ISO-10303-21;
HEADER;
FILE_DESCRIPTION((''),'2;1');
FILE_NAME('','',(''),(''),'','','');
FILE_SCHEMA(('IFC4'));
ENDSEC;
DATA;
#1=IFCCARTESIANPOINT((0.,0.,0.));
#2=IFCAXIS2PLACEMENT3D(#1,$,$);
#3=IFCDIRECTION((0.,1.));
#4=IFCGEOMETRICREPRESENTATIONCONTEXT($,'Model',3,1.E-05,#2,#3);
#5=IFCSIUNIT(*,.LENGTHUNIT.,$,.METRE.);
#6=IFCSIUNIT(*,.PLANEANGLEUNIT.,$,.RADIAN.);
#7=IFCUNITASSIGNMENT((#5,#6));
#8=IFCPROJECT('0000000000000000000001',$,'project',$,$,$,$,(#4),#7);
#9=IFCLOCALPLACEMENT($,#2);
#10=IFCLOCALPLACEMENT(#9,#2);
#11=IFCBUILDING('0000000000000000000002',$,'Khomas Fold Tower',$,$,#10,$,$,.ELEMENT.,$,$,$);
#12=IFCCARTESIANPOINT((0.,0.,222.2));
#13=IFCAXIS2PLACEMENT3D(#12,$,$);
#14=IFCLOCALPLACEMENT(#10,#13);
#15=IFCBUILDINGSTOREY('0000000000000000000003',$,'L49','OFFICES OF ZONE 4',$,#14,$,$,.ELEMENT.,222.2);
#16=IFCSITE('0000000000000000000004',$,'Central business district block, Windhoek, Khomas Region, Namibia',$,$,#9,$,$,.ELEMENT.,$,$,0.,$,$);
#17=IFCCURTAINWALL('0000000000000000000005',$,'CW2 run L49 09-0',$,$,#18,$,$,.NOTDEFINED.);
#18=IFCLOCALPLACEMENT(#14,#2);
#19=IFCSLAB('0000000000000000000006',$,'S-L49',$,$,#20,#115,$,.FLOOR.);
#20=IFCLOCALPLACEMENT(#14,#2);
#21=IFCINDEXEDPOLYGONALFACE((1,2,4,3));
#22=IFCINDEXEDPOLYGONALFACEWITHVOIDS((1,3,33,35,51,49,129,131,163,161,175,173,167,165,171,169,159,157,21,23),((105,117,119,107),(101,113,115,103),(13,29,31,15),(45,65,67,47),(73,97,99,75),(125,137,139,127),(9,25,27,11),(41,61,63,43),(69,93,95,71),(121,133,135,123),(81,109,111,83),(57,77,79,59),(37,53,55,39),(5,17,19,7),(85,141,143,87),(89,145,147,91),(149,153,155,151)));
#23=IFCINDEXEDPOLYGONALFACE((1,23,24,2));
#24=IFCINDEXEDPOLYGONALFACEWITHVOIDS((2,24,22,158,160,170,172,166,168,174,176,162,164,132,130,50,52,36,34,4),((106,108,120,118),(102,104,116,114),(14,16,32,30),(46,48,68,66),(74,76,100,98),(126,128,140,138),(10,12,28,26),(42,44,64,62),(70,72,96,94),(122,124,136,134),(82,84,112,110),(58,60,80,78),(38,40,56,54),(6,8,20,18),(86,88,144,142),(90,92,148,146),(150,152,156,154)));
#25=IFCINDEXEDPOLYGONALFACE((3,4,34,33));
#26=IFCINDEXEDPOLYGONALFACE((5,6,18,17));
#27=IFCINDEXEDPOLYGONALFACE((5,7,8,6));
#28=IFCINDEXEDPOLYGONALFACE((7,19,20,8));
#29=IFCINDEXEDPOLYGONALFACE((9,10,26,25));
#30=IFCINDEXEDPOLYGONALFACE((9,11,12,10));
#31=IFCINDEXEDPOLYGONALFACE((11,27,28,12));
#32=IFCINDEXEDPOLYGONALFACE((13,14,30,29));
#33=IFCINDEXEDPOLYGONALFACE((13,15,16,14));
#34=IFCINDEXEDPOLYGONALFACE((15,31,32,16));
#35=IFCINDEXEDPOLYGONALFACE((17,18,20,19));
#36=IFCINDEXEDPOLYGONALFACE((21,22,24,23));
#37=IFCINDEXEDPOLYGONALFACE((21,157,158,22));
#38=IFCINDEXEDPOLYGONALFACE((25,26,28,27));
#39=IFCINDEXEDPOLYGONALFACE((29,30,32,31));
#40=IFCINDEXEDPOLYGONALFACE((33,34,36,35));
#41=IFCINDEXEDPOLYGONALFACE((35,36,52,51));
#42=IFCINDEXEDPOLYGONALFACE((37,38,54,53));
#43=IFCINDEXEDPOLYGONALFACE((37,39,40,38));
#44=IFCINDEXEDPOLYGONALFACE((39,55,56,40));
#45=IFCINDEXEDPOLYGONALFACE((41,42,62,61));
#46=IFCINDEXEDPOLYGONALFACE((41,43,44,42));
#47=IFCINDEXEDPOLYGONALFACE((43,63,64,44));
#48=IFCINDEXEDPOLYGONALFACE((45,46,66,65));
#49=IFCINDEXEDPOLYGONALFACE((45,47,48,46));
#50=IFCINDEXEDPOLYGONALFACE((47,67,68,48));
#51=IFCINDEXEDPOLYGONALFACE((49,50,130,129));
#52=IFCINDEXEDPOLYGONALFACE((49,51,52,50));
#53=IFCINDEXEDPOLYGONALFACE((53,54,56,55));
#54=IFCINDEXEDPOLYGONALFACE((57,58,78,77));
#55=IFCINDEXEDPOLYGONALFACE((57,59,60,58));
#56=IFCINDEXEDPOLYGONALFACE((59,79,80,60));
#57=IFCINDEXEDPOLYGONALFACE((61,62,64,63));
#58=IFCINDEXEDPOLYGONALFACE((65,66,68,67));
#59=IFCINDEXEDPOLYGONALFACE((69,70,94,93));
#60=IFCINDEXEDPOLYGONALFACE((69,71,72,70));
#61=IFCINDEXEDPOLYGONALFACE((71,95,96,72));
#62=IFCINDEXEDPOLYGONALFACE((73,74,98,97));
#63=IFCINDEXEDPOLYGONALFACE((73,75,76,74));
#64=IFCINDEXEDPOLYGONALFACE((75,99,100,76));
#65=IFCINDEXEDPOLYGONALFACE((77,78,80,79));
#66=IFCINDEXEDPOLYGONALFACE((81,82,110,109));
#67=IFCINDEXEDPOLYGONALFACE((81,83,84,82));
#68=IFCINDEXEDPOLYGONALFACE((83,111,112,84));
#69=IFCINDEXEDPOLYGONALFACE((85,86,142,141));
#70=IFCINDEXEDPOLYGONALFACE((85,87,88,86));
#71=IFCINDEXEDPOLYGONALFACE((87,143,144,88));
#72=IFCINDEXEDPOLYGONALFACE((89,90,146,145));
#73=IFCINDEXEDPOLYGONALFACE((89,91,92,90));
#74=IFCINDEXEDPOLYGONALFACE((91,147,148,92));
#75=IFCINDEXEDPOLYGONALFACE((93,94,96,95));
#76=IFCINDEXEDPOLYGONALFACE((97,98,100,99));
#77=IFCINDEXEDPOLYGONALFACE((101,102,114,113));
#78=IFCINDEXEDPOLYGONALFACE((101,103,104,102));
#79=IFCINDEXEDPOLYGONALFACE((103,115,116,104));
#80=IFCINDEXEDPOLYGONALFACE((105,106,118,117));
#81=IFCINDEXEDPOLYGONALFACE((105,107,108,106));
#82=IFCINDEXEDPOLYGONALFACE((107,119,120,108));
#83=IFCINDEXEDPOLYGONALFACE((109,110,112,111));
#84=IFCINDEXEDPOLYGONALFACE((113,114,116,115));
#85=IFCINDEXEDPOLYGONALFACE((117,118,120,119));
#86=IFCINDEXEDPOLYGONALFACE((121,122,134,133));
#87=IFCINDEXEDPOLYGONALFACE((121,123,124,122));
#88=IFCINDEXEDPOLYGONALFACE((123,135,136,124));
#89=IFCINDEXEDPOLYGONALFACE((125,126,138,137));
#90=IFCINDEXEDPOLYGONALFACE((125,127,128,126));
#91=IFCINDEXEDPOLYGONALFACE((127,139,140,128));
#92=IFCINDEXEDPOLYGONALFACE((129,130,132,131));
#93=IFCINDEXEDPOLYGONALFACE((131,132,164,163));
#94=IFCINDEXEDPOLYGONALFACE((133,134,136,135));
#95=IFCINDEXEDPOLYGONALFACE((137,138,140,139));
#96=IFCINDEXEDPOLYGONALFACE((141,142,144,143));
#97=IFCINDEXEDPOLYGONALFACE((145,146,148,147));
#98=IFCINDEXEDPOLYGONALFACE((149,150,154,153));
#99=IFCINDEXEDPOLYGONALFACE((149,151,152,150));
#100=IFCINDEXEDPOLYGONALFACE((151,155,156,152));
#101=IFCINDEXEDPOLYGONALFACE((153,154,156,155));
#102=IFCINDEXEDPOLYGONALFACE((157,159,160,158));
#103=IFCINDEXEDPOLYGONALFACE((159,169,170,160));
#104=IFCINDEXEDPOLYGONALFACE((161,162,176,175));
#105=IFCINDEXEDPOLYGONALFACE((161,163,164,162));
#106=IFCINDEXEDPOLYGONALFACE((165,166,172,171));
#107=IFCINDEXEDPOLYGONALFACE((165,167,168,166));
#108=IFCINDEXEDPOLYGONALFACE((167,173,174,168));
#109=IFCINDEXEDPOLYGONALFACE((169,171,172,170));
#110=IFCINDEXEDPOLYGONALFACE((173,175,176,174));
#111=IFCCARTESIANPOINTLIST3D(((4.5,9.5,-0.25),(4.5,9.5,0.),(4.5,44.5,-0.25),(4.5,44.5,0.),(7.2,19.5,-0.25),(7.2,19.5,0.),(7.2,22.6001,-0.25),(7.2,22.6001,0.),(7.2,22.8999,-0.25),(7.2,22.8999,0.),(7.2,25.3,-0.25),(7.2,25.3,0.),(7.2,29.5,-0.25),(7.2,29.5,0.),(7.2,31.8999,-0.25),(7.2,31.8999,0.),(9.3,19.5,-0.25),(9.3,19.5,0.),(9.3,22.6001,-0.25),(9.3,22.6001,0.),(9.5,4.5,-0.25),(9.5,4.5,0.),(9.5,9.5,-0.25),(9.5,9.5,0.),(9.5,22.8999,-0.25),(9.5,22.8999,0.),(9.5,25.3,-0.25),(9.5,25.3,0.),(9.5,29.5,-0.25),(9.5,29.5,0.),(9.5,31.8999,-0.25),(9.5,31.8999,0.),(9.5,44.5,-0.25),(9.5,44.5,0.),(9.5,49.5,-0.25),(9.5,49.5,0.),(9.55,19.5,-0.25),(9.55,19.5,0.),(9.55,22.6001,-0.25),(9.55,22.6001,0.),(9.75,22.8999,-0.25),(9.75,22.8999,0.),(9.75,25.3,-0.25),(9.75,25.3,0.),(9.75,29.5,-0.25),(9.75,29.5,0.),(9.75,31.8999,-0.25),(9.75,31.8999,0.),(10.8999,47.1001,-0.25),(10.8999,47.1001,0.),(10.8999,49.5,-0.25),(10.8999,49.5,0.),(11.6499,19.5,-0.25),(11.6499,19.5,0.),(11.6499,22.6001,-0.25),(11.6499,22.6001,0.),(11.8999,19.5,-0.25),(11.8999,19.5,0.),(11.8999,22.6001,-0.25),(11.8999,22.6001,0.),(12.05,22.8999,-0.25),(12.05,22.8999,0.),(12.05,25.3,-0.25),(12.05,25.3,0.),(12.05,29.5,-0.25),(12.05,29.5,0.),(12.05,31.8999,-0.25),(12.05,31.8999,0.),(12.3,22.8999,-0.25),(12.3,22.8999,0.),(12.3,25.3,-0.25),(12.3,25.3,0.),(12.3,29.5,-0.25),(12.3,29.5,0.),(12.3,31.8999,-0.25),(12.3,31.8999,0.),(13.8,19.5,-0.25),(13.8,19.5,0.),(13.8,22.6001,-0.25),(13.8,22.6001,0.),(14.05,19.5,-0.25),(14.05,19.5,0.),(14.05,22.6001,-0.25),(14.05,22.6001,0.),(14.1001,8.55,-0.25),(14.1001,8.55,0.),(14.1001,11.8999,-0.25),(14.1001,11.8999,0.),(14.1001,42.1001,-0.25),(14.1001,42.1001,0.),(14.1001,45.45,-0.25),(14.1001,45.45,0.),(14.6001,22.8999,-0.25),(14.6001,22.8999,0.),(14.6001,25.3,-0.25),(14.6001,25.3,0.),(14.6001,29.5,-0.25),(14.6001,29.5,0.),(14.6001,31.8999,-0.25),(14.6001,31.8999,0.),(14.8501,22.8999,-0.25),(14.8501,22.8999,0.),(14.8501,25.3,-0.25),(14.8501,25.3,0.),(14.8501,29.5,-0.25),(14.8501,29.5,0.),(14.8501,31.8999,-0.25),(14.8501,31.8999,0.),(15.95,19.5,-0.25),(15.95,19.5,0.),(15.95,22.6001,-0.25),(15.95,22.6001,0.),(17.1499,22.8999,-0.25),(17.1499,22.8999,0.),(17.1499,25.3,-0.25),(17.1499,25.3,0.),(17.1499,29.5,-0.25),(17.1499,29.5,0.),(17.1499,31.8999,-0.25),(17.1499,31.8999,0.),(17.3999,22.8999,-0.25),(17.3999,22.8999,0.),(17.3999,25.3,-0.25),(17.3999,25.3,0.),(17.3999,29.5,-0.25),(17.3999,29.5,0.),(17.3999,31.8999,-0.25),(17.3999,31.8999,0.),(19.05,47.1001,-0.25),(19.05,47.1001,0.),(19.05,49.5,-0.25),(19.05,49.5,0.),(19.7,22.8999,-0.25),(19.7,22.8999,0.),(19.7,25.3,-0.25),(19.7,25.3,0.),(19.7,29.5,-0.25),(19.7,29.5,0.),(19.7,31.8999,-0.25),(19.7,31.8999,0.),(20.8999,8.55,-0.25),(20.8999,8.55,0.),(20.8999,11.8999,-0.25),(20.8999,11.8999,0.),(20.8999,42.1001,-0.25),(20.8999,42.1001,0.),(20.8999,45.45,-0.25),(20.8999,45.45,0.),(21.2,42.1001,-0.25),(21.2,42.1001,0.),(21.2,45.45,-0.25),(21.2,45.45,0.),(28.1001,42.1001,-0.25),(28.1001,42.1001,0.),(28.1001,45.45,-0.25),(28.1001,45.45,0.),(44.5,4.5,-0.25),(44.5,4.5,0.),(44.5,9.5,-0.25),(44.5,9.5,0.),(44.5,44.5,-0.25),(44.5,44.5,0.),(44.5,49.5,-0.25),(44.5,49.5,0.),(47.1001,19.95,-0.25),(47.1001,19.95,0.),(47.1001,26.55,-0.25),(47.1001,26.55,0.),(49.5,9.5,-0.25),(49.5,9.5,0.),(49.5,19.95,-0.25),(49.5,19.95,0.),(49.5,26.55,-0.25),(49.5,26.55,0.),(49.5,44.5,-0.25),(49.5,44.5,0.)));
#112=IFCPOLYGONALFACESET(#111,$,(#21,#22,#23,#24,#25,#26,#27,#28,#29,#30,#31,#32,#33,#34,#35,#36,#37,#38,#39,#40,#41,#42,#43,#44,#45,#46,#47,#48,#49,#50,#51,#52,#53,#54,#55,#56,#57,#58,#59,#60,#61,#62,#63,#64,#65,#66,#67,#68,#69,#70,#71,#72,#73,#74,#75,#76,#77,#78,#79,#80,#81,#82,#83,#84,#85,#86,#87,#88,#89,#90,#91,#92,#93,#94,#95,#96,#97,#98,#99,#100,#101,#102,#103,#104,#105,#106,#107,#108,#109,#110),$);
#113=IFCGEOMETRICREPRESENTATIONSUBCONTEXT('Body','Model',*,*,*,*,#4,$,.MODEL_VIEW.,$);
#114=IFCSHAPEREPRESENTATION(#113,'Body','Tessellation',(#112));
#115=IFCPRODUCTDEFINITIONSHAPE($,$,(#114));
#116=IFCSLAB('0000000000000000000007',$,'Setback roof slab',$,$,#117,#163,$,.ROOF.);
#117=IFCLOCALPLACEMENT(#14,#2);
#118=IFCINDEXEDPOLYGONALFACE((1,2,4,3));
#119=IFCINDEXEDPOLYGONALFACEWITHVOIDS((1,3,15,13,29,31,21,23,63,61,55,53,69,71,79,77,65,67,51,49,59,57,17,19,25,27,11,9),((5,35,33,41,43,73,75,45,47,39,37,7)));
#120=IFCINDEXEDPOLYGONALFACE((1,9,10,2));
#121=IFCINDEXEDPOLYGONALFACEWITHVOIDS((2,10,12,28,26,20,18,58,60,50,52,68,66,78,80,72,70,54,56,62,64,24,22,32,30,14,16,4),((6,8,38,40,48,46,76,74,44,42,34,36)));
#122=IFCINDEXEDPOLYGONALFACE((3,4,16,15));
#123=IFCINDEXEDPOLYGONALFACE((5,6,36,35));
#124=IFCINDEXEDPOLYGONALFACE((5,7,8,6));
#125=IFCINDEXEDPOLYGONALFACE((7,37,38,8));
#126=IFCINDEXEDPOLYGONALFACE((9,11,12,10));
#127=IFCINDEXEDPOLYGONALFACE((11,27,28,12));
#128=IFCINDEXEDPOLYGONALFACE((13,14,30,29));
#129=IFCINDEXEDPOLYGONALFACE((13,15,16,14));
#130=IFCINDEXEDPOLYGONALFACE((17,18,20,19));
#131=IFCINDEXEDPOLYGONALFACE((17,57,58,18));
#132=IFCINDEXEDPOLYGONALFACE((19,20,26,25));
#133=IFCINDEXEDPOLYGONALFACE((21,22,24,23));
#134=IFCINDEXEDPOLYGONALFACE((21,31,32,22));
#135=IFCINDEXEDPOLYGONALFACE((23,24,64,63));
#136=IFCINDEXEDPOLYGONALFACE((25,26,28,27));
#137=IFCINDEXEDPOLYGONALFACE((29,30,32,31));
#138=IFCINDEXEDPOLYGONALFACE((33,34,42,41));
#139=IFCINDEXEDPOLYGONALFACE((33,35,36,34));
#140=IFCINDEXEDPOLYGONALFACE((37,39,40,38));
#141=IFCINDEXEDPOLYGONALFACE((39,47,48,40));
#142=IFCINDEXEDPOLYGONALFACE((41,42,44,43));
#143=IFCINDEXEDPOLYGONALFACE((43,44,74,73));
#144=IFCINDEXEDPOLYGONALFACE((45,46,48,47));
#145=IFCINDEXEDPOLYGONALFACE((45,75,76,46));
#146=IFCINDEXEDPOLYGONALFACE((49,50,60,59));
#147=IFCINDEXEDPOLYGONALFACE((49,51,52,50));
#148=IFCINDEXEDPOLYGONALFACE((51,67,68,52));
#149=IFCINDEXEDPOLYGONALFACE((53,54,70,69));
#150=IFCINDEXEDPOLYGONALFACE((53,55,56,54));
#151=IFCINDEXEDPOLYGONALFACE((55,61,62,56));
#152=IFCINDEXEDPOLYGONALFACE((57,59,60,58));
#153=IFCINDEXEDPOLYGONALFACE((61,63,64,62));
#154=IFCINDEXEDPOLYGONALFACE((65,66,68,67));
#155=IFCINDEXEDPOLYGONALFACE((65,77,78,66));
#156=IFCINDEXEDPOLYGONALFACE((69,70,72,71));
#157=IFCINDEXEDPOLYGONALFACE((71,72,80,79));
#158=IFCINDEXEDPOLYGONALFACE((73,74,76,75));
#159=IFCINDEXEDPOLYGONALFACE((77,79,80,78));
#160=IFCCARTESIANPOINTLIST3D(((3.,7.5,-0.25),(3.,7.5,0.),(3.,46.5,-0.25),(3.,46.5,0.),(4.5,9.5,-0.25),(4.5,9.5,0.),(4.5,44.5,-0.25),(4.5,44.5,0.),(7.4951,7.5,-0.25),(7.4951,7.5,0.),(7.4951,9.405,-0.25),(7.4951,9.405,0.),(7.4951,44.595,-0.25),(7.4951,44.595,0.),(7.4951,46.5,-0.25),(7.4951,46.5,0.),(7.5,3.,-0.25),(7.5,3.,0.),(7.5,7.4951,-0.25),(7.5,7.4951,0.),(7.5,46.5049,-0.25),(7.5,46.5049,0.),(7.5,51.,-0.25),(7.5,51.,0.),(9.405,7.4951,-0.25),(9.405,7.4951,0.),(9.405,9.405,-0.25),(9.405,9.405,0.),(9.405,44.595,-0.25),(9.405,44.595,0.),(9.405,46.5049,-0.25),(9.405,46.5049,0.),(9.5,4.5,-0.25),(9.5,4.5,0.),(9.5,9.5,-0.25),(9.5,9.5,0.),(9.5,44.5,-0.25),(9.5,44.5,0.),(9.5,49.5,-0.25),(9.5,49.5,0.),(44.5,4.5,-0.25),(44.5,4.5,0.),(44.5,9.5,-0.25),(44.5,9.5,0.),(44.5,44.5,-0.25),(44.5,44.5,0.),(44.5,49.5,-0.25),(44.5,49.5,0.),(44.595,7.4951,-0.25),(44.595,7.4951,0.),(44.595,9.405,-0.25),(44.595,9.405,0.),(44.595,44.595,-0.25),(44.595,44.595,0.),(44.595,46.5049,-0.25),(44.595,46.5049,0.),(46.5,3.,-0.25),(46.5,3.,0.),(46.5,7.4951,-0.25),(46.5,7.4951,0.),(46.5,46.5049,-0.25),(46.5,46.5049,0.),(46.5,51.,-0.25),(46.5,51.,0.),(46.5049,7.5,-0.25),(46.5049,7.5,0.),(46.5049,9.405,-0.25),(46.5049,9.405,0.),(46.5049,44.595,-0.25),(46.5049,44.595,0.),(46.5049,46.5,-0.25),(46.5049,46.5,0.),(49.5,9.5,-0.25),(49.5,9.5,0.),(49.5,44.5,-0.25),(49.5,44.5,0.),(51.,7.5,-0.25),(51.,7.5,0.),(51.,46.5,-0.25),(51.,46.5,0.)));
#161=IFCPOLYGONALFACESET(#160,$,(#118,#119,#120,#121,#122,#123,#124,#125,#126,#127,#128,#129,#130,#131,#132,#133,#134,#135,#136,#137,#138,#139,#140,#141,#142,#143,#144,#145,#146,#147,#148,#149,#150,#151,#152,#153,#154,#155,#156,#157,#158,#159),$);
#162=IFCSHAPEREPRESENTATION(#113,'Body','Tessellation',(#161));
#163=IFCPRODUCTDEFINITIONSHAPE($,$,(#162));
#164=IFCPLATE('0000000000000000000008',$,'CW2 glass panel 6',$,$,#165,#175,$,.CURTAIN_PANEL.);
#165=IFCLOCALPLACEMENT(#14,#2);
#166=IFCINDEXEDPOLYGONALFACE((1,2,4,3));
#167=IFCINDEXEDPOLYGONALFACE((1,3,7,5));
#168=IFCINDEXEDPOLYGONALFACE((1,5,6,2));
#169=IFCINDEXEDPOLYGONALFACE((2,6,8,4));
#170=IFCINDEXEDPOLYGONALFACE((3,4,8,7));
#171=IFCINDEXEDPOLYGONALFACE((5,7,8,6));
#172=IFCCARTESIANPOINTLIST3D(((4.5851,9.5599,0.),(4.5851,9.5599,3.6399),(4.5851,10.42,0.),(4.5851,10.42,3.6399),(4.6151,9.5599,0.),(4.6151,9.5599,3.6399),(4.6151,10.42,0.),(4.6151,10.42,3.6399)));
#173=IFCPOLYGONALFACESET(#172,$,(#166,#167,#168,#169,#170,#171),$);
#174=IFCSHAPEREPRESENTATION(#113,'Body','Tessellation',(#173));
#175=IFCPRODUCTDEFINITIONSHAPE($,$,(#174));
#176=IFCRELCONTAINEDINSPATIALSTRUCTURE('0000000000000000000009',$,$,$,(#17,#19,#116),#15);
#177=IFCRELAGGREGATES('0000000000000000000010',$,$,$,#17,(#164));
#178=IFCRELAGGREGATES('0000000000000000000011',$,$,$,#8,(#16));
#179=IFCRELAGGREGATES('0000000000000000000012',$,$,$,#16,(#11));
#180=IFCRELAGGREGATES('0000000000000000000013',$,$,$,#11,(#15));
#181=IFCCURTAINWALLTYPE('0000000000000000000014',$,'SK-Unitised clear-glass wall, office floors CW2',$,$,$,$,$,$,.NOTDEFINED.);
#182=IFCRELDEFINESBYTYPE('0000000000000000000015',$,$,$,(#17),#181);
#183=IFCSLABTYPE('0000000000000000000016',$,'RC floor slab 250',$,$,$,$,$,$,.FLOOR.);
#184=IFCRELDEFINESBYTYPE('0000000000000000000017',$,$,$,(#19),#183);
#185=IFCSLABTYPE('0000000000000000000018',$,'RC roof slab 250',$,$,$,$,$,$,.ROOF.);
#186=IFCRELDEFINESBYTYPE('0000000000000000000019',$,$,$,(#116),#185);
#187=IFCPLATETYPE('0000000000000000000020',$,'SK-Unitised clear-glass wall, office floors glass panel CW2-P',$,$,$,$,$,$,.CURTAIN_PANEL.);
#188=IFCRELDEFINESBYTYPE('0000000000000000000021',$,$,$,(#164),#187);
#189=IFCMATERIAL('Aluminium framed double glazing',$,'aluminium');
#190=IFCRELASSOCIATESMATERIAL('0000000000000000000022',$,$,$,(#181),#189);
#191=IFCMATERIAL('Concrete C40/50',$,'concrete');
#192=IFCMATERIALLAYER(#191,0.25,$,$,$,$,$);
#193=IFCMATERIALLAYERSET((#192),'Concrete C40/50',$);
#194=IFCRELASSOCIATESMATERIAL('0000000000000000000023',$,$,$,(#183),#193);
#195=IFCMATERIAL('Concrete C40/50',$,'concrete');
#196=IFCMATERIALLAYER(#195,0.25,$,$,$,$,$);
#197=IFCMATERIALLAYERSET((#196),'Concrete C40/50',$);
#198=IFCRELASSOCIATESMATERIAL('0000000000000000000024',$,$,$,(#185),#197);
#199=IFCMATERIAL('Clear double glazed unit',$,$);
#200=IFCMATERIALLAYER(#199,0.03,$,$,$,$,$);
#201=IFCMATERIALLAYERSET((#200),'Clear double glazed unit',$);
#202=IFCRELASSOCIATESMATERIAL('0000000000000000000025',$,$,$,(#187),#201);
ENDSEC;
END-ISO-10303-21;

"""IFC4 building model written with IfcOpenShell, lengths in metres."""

from ifc_helpers import new_model, si_unit, direction, frame, origin, origin_2d, place, context, subcontext, project, spatial, polyline, rectangle, outline, extrude, source, transform, mapped, material, layer, layer_set, type_object, element, aggregate, save


model = new_model("IFC4")

# Units and contexts
model_context = context("Model", 3, precision=1e-05, world=origin(), true_north=direction((0.0, 1.0)))
body_context = subcontext(model_context, "Body", "Model", "MODEL_VIEW")
ifc_project = project(units=[si_unit("LENGTHUNIT", "METRE"), si_unit("PLANEANGLEUNIT", "RADIAN")], contexts=[model_context])

# Site, building, storey
site_placement = place(None, origin())
site = spatial("IfcSite", under=ifc_project, at=site_placement, Name="Central business district block, Windhoek, Khomas Region, Namibia", CompositionType="ELEMENT", RefElevation=0.0)
building_placement = place(site_placement, origin())
building = spatial("IfcBuilding", under=site, at=building_placement, Name="Khomas Fold Tower", CompositionType="ELEMENT")
storey_placement = place(building_placement, frame((0.0, 0.0, 222.2)))
storey = spatial("IfcBuildingStorey", under=building, at=storey_placement, Name="L49", Description="OFFICES OF ZONE 4", CompositionType="ELEMENT", Elevation=222.2)

# Curtain wall
ifc_material_1 = material(Name="Aluminium framed double glazing", Category="aluminium")
curtain_wall_type = type_object("IfcCurtainWallType", Name="SK-Unitised clear-glass wall, office floors CW2", PredefinedType="NOTDEFINED", material=ifc_material_1)
curtain_wall_1_placement = place(storey_placement, origin())
curtain_wall_1 = element("IfcCurtainWall", 1, at=curtain_wall_1_placement, inside=storey, type_object=curtain_wall_type, Name="CW2 run L49 09-0", PredefinedType="NOTDEFINED")

# Slabs
ifc_material_2 = material(Name="Concrete C40/50", Category="concrete")
ifc_layer_1 = layer(ifc_material_2, 0.25)
ifc_layer_set_1 = layer_set([ifc_layer_1], Name="Concrete C40/50")
slab_type_1 = type_object("IfcSlabType", Name="RC floor slab 250", PredefinedType="FLOOR", material=ifc_layer_set_1)
shared_shape_1 = source(origin(), body_context, "Body", "SweptSolid", [
    extrude(outline(polyline([(4.5, 9.5), (9.5, 9.5), (9.5, 4.5), (44.5, 4.5), (44.5, 9.5), (49.5, 9.5), (49.5, 19.95), (47.1001, 19.95), (47.1001, 26.55), (49.5, 26.55), (49.5, 44.5), (44.5, 44.5), (44.5, 49.5), (19.05, 49.5), (19.05, 47.1001), (10.8999, 47.1001), (10.8999, 49.5), (9.5, 49.5), (9.5, 44.5), (4.5, 44.5), (4.5, 9.5)]), holes=[polyline([(7.2, 19.5), (7.2, 22.6001), (9.3, 22.6001), (9.3, 19.5), (7.2, 19.5)]), polyline([(7.2, 22.8999), (7.2, 25.3), (9.5, 25.3), (9.5, 22.8999), (7.2, 22.8999)]), polyline([(7.2, 29.5), (7.2, 31.8999), (9.5, 31.8999), (9.5, 29.5), (7.2, 29.5)]), polyline([(9.55, 19.5), (9.55, 22.6001), (11.6499, 22.6001), (11.6499, 19.5), (9.55, 19.5)]), polyline([(9.75, 22.8999), (9.75, 25.3), (12.05, 25.3), (12.05, 22.8999), (9.75, 22.8999)]), polyline([(9.75, 29.5), (9.75, 31.8999), (12.05, 31.8999), (12.05, 29.5), (9.75, 29.5)]), polyline([(11.8999, 19.5), (11.8999, 22.6001), (13.8, 22.6001), (13.8, 19.5), (11.8999, 19.5)]), polyline([(12.3, 22.8999), (12.3, 25.3), (14.6001, 25.3), (14.6001, 22.8999), (12.3, 22.8999)]), polyline([(12.3, 29.5), (12.3, 31.8999), (14.6001, 31.8999), (14.6001, 29.5), (12.3, 29.5)]), polyline([(14.05, 19.5), (14.05, 22.6001), (15.95, 22.6001), (15.95, 19.5), (14.05, 19.5)]), polyline([(14.1001, 8.55), (14.1001, 11.8999), (20.8999, 11.8999), (20.8999, 8.55), (14.1001, 8.55)]), polyline([(14.1001, 42.1001), (14.1001, 45.45), (20.8999, 45.45), (20.8999, 42.1001), (14.1001, 42.1001)]), polyline([(14.8501, 22.8999), (14.8501, 25.3), (17.1499, 25.3), (17.1499, 22.8999), (14.8501, 22.8999)]), polyline([(14.8501, 29.5), (14.8501, 31.8999), (17.1499, 31.8999), (17.1499, 29.5), (14.8501, 29.5)]), polyline([(17.3999, 22.8999), (17.3999, 25.3), (19.7, 25.3), (19.7, 22.8999), (17.3999, 22.8999)]), polyline([(17.3999, 29.5), (17.3999, 31.8999), (19.7, 31.8999), (19.7, 29.5), (17.3999, 29.5)]), polyline([(21.2, 42.1001), (21.2, 45.45), (28.1001, 45.45), (28.1001, 42.1001), (21.2, 42.1001)])]), origin(), (0.0, 0.0, 1.0), 0.25),
])
slab_1_placement = place(storey_placement, frame((0.0, 0.0, -0.25)))
element("IfcSlab", 2, at=slab_1_placement, inside=storey, type_object=slab_type_1, Name="S-L49", PredefinedType="FLOOR", context=body_context, shape_type="MappedRepresentation", body=[
    mapped(shared_shape_1, transform((0.0, 0.0, 0.0))),
])
ifc_material_3 = material(Name="Concrete C40/50", Category="concrete")
ifc_layer_2 = layer(ifc_material_3, 0.25)
ifc_layer_set_2 = layer_set([ifc_layer_2], Name="Concrete C40/50")
slab_type_2 = type_object("IfcSlabType", Name="RC roof slab 250", PredefinedType="ROOF", material=ifc_layer_set_2)
shared_shape_2 = source(origin(), body_context, "Body", "SweptSolid", [
    extrude(outline(polyline([(3.0, 7.5), (7.4951, 7.5), (7.4951, 9.405), (9.405, 9.405), (9.405, 7.4951), (7.5, 7.4951), (7.5, 3.0), (46.5, 3.0), (46.5, 7.4951), (44.595, 7.4951), (44.595, 9.405), (46.5049, 9.405), (46.5049, 7.5), (51.0, 7.5), (51.0, 46.5), (46.5049, 46.5), (46.5049, 44.595), (44.595, 44.595), (44.595, 46.5049), (46.5, 46.5049), (46.5, 51.0), (7.5, 51.0), (7.5, 46.5049), (9.405, 46.5049), (9.405, 44.595), (7.4951, 44.595), (7.4951, 46.5), (3.0, 46.5), (3.0, 7.5)]), holes=[polyline([(4.5, 9.5), (4.5, 44.5), (9.5, 44.5), (9.5, 49.5), (44.5, 49.5), (44.5, 44.5), (49.5, 44.5), (49.5, 9.5), (44.5, 9.5), (44.5, 4.5), (9.5, 4.5), (9.5, 9.5), (4.5, 9.5)])]), origin(), (0.0, 0.0, 1.0), 0.25),
])
slab_2_placement = place(storey_placement, frame((0.0, 0.0, -0.25)))
element("IfcSlab", 3, at=slab_2_placement, inside=storey, type_object=slab_type_2, Name="Setback roof slab", PredefinedType="ROOF", context=body_context, shape_type="MappedRepresentation", body=[
    mapped(shared_shape_2, transform((0.0, 0.0, 0.0))),
])

# Plate
ifc_material_4 = material(Name="Clear double glazed unit")
ifc_layer_3 = layer(ifc_material_4, 0.03)
ifc_layer_set_3 = layer_set([ifc_layer_3], Name="Clear double glazed unit")
plate_type_1 = type_object("IfcPlateType", Name="SK-Unitised clear-glass wall, office floors glass panel CW2-P", PredefinedType="CURTAIN_PANEL", material=ifc_layer_set_3)
shared_shape_3 = source(origin(), body_context, "Body", "SweptSolid", [
    extrude(rectangle(XDim=0.8601, YDim=0.03, at=origin_2d()), origin(), (0.0, 0.0, 1.0), 3.6399),
])
plate_1_placement = place(storey_placement, frame((4.6001, 9.99, 0.0), z_axis=(0.0, 0.0, 1.0), x_axis=(0.0, -1.0, 0.0)))
plate_1 = element("IfcPlate", 4, at=plate_1_placement, type_object=plate_type_1, Name="CW2 glass panel 6", PredefinedType="CURTAIN_PANEL", context=body_context, shape_type="MappedRepresentation", body=[
    mapped(shared_shape_3, transform((0.0, 0.0, 0.0))),
])
aggregate(curtain_wall_1, [plate_1])

save(model, "model.ifc")
